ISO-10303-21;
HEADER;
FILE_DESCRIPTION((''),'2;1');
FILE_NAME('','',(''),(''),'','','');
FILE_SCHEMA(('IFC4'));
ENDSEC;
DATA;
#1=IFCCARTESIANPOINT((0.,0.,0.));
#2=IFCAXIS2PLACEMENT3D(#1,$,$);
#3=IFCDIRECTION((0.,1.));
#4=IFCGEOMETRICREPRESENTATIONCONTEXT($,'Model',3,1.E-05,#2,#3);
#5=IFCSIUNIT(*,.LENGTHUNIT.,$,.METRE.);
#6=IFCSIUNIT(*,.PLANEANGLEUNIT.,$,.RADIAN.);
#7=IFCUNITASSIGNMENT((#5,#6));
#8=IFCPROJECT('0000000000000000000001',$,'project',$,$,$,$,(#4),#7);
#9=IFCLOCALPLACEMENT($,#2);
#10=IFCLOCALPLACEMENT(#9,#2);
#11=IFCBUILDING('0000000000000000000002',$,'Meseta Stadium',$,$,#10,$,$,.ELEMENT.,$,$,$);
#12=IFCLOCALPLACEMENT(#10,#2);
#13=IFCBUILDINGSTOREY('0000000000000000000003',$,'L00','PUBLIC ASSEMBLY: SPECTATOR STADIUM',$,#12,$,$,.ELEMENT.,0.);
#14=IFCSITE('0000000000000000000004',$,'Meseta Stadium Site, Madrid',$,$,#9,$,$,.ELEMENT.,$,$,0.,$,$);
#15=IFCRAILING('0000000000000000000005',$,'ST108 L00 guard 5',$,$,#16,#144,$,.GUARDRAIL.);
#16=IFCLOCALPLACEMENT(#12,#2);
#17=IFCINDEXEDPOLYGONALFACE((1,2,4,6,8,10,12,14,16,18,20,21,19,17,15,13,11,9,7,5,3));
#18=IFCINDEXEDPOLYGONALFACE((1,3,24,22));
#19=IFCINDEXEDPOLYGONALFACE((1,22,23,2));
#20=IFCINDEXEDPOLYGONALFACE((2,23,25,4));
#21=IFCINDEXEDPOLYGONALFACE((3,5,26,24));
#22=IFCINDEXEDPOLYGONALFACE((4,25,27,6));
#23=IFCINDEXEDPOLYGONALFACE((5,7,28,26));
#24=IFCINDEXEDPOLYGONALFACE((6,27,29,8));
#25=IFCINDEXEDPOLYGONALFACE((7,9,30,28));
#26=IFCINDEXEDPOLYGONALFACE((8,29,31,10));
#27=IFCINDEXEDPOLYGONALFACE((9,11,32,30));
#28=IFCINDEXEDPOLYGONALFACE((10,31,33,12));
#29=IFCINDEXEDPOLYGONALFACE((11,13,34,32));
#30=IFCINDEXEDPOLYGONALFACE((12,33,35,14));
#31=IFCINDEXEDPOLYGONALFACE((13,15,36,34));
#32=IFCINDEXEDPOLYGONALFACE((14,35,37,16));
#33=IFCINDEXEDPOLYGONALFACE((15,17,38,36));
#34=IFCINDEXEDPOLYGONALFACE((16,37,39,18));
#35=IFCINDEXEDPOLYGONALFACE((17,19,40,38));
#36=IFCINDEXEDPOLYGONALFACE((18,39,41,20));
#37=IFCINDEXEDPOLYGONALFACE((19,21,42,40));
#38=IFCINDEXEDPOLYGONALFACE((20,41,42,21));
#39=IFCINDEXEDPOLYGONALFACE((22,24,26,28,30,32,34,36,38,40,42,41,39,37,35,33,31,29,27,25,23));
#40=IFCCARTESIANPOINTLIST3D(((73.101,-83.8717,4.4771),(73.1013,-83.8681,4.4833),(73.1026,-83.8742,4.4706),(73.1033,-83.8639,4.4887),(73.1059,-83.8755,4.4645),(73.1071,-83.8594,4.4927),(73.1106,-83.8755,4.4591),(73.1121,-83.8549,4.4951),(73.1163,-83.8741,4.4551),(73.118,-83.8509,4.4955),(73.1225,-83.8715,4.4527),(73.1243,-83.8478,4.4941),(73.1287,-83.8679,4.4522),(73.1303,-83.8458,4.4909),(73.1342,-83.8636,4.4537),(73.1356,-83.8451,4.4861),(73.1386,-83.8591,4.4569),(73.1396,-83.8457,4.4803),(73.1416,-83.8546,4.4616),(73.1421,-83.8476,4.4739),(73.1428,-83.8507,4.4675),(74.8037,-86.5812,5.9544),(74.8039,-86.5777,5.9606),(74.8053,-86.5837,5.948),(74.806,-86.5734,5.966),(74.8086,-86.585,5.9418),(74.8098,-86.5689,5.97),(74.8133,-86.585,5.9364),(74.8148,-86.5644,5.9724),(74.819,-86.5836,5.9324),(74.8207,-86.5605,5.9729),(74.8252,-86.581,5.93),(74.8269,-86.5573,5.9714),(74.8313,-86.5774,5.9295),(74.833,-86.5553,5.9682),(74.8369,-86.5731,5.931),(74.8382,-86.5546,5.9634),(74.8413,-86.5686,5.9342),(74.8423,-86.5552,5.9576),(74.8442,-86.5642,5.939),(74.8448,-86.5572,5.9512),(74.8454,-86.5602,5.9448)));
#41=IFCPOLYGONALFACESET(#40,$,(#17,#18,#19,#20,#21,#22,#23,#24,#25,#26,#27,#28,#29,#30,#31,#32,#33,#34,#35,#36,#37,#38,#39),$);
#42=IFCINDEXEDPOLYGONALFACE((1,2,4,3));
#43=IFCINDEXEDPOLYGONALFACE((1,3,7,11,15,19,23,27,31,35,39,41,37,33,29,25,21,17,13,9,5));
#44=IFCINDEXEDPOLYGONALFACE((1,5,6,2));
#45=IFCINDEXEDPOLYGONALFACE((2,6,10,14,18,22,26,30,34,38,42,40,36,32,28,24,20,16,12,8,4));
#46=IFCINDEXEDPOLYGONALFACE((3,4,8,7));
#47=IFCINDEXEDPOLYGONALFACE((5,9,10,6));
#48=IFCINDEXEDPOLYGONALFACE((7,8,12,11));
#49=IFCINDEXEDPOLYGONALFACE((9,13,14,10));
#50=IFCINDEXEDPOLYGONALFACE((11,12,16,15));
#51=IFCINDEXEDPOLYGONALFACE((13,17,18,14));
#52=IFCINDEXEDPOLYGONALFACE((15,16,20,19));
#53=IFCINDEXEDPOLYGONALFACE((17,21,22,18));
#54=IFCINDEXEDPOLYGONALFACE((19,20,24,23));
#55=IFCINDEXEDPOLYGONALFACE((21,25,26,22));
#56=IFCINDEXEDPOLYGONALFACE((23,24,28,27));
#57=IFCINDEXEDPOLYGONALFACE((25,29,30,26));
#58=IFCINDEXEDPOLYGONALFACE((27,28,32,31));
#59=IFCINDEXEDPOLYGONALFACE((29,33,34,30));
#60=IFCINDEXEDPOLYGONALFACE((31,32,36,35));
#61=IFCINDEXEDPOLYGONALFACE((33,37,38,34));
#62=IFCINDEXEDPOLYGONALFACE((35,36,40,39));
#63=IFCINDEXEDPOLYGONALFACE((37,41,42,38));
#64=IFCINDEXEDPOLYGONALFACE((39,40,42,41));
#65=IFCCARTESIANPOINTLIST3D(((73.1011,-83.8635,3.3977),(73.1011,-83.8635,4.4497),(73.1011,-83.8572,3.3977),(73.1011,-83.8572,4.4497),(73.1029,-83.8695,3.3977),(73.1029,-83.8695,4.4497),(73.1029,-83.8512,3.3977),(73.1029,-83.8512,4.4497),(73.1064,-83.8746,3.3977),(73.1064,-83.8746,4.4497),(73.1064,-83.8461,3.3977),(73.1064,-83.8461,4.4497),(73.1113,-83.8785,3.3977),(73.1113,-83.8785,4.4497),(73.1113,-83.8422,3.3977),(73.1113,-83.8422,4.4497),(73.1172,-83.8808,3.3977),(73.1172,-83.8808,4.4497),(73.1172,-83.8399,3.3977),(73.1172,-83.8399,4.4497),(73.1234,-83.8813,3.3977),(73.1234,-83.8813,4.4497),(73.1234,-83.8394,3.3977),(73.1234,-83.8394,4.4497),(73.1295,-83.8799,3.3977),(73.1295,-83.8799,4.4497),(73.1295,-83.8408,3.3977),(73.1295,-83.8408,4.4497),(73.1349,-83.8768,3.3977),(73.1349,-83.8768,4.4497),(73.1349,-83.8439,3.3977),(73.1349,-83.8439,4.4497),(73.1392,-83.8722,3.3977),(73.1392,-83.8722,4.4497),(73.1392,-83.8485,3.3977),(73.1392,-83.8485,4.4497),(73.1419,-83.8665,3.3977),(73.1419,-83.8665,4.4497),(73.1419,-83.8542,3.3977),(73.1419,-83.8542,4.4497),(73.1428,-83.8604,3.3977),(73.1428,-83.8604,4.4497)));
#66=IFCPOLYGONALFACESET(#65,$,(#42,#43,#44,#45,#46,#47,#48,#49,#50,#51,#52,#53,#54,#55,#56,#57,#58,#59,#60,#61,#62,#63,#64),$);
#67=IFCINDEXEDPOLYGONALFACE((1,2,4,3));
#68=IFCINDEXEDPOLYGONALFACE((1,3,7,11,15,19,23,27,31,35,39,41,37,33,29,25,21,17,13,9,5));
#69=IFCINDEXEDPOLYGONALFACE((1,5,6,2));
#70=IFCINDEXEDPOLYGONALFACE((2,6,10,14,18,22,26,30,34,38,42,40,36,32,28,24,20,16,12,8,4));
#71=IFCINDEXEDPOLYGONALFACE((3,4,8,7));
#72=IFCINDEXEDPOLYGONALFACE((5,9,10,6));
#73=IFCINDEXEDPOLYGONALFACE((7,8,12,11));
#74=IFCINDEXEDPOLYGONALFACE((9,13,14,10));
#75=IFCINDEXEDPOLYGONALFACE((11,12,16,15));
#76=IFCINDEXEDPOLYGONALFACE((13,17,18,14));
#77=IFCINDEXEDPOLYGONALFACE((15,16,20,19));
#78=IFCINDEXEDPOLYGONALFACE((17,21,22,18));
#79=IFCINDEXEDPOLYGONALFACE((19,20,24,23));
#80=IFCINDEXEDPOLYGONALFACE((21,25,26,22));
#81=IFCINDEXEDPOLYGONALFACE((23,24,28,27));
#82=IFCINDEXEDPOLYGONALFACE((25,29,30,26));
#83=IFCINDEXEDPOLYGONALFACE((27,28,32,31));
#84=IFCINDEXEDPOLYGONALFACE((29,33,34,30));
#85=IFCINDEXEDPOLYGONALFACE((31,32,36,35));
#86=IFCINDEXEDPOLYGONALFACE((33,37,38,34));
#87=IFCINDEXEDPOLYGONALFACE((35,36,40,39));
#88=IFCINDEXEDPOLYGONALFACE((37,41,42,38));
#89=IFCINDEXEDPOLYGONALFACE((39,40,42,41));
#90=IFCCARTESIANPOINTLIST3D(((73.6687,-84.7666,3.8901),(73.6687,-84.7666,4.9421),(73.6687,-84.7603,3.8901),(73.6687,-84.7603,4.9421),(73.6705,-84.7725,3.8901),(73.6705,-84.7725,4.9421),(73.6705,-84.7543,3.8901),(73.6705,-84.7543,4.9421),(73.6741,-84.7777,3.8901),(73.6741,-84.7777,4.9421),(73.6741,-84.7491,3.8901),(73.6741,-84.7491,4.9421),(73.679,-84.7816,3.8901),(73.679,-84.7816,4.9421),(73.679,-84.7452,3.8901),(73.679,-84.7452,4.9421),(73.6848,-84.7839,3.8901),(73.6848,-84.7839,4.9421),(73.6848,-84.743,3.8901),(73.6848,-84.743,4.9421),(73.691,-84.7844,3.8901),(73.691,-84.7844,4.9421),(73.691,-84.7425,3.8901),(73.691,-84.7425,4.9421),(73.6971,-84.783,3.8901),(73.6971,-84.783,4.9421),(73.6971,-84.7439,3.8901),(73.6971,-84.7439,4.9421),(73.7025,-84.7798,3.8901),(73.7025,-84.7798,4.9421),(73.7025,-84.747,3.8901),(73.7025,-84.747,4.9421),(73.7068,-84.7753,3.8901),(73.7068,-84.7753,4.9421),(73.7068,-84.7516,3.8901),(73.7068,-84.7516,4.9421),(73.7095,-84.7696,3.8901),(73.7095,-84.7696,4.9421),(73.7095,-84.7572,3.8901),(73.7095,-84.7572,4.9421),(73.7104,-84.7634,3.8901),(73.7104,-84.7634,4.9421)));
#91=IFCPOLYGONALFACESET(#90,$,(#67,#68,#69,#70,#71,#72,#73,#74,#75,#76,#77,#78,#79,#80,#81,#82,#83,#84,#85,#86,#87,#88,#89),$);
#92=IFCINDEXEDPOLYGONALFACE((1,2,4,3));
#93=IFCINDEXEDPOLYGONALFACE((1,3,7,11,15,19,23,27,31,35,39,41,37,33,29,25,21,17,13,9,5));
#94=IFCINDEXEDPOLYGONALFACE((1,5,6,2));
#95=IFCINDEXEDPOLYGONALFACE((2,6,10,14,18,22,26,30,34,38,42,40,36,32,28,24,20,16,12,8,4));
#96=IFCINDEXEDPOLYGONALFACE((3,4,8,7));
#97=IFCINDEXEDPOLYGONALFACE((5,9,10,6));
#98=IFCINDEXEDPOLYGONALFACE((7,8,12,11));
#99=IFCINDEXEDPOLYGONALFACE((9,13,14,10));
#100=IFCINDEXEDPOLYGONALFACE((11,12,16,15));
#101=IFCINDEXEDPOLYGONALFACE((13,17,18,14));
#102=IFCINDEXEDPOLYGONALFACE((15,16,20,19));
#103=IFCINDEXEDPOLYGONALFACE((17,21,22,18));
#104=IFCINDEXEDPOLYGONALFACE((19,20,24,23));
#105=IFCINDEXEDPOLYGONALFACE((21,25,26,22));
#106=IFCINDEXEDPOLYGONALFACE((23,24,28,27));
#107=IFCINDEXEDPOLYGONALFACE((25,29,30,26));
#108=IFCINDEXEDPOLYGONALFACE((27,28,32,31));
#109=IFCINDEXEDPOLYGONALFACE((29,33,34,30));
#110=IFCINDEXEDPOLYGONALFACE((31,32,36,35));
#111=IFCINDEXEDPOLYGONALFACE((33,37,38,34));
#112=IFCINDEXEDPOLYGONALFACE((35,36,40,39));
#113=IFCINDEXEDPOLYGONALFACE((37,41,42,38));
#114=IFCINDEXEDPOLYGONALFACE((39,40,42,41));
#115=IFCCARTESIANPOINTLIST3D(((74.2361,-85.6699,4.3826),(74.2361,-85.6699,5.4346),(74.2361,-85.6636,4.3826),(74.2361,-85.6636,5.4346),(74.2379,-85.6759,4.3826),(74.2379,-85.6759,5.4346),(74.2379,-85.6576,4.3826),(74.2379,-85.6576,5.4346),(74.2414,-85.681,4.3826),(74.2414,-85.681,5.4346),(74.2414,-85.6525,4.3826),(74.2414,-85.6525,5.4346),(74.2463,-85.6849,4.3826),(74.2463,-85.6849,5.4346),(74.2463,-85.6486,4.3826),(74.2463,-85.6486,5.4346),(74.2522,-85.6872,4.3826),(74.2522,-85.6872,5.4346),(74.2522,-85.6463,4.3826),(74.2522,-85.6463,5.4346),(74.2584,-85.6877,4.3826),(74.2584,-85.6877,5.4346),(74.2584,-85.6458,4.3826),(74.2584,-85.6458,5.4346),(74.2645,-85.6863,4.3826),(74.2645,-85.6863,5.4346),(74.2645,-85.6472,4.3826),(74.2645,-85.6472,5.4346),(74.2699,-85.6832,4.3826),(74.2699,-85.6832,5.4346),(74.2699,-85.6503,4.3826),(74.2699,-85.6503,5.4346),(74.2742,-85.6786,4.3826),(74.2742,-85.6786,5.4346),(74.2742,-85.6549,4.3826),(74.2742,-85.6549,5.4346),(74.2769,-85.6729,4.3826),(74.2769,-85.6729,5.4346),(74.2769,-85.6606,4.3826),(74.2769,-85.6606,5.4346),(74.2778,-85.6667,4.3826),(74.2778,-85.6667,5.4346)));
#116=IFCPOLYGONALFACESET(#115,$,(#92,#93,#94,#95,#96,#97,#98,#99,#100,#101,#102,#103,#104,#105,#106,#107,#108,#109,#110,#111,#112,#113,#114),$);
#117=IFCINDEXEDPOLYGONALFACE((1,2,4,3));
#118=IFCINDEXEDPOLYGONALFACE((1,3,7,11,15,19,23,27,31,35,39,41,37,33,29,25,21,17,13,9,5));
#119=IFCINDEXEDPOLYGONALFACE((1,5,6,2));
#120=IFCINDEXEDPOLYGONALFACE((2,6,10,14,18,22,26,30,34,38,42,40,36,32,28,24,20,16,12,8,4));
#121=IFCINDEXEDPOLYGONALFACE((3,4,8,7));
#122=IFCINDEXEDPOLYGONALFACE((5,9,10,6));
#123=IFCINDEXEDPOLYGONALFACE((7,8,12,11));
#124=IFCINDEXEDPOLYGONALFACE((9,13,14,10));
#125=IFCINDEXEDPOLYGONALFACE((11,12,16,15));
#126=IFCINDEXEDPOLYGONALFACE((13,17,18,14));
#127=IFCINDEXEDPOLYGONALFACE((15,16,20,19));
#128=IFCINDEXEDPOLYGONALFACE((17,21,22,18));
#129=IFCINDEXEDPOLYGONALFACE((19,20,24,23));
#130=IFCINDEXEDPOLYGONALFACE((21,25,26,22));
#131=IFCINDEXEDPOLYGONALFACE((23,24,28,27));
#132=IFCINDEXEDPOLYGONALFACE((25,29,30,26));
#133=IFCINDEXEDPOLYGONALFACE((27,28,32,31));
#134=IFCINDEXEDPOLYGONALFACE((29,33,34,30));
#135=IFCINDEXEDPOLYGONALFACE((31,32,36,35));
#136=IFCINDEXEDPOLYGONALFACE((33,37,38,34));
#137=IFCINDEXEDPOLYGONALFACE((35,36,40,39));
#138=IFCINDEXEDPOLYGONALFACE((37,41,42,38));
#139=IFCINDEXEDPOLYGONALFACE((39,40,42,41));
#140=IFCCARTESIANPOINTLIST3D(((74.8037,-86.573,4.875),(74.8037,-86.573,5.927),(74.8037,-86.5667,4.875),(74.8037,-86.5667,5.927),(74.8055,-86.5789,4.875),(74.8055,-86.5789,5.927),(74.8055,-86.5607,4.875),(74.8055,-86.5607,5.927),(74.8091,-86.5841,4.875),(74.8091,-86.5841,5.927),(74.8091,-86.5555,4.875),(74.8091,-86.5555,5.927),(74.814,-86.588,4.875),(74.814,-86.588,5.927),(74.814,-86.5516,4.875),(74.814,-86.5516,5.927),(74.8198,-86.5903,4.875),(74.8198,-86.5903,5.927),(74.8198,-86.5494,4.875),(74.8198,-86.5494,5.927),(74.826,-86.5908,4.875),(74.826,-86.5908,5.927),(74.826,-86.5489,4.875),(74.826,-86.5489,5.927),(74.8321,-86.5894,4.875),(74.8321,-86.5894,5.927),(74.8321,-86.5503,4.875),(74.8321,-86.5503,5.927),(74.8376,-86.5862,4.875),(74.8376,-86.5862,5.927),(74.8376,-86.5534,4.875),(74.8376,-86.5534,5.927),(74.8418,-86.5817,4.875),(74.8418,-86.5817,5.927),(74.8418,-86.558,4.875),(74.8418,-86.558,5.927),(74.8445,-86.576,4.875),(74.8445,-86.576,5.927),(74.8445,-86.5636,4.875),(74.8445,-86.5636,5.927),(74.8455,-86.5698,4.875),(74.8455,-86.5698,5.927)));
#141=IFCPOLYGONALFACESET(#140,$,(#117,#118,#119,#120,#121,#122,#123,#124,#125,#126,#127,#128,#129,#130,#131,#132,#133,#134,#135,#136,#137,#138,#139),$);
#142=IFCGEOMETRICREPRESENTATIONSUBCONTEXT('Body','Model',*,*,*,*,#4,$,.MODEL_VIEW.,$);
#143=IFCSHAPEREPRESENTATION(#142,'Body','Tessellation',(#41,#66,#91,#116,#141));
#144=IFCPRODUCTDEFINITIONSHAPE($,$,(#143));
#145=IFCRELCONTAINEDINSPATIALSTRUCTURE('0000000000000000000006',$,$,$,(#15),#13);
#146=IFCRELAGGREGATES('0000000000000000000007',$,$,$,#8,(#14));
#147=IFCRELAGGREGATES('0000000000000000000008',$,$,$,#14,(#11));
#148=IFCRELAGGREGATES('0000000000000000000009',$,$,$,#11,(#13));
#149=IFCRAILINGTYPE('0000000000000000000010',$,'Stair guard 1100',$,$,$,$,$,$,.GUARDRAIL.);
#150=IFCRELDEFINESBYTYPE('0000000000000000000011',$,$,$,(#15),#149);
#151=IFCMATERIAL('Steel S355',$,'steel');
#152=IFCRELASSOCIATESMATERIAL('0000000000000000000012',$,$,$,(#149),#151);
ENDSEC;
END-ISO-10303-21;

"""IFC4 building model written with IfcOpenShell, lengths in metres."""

from ifc_helpers import new_model, si_unit, direction, frame, origin, origin_2d, place, context, subcontext, project, spatial, circle, extrude, material, type_object, element, save


model = new_model("IFC4")

# Units and contexts
model_context = context("Model", 3, precision=1e-05, world=origin(), true_north=direction((0.0, 1.0)))
body_context = subcontext(model_context, "Body", "Model", "MODEL_VIEW")
ifc_project = project(units=[si_unit("LENGTHUNIT", "METRE"), si_unit("PLANEANGLEUNIT", "RADIAN")], contexts=[model_context])

# Site, building, storey
site_placement = place(None, origin())
site = spatial("IfcSite", under=ifc_project, at=site_placement, Name="Meseta Stadium Site, Madrid", CompositionType="ELEMENT", RefElevation=0.0)
building_placement = place(site_placement, origin())
building = spatial("IfcBuilding", under=site, at=building_placement, Name="Meseta Stadium", CompositionType="ELEMENT")
storey_placement = place(building_placement, origin())
storey = spatial("IfcBuildingStorey", under=building, at=storey_placement, Name="L00", Description="PUBLIC ASSEMBLY: SPECTATOR STADIUM", CompositionType="ELEMENT", Elevation=0.0)

# Railing
ifc_material_1 = material(Name="Steel S355", Category="steel")
railing_type_1 = type_object("IfcRailingType", Name="Stair guard 1100", PredefinedType="GUARDRAIL", material=ifc_material_1)
railing_1_placement = place(storey_placement, frame((73.1218, -83.8604, 3.3977)))
element("IfcRailing", 1, at=railing_1_placement, inside=storey, type_object=railing_type_1, Name="ST108 L00 guard 5", PredefinedType="GUARDRAIL", context=body_context, shape_type="SweptSolid", body=[
    extrude(circle(Radius=0.0239, at=origin_2d()), frame((0.0, 0.0, 1.0762), z_axis=(0.483076, -0.768738, 0.419142), x_axis=(0.846701, 0.532068, 0.0)), (0.0, 0.0, 1.0), 3.5247),
    extrude(circle(Radius=0.021, at=origin_2d()), origin(), (0.0, 0.0, 1.0), 1.052),
    extrude(circle(Radius=0.021, at=origin_2d()), frame((0.5676, -0.9031, 0.4924)), (0.0, 0.0, 1.0), 1.052),
    extrude(circle(Radius=0.021, at=origin_2d()), frame((1.135, -1.8064, 0.9849)), (0.0, 0.0, 1.0), 1.052),
    extrude(circle(Radius=0.021, at=origin_2d()), frame((1.7026, -2.7095, 1.4773)), (0.0, 0.0, 1.0), 1.052),
])

save(model, "model.ifc")
